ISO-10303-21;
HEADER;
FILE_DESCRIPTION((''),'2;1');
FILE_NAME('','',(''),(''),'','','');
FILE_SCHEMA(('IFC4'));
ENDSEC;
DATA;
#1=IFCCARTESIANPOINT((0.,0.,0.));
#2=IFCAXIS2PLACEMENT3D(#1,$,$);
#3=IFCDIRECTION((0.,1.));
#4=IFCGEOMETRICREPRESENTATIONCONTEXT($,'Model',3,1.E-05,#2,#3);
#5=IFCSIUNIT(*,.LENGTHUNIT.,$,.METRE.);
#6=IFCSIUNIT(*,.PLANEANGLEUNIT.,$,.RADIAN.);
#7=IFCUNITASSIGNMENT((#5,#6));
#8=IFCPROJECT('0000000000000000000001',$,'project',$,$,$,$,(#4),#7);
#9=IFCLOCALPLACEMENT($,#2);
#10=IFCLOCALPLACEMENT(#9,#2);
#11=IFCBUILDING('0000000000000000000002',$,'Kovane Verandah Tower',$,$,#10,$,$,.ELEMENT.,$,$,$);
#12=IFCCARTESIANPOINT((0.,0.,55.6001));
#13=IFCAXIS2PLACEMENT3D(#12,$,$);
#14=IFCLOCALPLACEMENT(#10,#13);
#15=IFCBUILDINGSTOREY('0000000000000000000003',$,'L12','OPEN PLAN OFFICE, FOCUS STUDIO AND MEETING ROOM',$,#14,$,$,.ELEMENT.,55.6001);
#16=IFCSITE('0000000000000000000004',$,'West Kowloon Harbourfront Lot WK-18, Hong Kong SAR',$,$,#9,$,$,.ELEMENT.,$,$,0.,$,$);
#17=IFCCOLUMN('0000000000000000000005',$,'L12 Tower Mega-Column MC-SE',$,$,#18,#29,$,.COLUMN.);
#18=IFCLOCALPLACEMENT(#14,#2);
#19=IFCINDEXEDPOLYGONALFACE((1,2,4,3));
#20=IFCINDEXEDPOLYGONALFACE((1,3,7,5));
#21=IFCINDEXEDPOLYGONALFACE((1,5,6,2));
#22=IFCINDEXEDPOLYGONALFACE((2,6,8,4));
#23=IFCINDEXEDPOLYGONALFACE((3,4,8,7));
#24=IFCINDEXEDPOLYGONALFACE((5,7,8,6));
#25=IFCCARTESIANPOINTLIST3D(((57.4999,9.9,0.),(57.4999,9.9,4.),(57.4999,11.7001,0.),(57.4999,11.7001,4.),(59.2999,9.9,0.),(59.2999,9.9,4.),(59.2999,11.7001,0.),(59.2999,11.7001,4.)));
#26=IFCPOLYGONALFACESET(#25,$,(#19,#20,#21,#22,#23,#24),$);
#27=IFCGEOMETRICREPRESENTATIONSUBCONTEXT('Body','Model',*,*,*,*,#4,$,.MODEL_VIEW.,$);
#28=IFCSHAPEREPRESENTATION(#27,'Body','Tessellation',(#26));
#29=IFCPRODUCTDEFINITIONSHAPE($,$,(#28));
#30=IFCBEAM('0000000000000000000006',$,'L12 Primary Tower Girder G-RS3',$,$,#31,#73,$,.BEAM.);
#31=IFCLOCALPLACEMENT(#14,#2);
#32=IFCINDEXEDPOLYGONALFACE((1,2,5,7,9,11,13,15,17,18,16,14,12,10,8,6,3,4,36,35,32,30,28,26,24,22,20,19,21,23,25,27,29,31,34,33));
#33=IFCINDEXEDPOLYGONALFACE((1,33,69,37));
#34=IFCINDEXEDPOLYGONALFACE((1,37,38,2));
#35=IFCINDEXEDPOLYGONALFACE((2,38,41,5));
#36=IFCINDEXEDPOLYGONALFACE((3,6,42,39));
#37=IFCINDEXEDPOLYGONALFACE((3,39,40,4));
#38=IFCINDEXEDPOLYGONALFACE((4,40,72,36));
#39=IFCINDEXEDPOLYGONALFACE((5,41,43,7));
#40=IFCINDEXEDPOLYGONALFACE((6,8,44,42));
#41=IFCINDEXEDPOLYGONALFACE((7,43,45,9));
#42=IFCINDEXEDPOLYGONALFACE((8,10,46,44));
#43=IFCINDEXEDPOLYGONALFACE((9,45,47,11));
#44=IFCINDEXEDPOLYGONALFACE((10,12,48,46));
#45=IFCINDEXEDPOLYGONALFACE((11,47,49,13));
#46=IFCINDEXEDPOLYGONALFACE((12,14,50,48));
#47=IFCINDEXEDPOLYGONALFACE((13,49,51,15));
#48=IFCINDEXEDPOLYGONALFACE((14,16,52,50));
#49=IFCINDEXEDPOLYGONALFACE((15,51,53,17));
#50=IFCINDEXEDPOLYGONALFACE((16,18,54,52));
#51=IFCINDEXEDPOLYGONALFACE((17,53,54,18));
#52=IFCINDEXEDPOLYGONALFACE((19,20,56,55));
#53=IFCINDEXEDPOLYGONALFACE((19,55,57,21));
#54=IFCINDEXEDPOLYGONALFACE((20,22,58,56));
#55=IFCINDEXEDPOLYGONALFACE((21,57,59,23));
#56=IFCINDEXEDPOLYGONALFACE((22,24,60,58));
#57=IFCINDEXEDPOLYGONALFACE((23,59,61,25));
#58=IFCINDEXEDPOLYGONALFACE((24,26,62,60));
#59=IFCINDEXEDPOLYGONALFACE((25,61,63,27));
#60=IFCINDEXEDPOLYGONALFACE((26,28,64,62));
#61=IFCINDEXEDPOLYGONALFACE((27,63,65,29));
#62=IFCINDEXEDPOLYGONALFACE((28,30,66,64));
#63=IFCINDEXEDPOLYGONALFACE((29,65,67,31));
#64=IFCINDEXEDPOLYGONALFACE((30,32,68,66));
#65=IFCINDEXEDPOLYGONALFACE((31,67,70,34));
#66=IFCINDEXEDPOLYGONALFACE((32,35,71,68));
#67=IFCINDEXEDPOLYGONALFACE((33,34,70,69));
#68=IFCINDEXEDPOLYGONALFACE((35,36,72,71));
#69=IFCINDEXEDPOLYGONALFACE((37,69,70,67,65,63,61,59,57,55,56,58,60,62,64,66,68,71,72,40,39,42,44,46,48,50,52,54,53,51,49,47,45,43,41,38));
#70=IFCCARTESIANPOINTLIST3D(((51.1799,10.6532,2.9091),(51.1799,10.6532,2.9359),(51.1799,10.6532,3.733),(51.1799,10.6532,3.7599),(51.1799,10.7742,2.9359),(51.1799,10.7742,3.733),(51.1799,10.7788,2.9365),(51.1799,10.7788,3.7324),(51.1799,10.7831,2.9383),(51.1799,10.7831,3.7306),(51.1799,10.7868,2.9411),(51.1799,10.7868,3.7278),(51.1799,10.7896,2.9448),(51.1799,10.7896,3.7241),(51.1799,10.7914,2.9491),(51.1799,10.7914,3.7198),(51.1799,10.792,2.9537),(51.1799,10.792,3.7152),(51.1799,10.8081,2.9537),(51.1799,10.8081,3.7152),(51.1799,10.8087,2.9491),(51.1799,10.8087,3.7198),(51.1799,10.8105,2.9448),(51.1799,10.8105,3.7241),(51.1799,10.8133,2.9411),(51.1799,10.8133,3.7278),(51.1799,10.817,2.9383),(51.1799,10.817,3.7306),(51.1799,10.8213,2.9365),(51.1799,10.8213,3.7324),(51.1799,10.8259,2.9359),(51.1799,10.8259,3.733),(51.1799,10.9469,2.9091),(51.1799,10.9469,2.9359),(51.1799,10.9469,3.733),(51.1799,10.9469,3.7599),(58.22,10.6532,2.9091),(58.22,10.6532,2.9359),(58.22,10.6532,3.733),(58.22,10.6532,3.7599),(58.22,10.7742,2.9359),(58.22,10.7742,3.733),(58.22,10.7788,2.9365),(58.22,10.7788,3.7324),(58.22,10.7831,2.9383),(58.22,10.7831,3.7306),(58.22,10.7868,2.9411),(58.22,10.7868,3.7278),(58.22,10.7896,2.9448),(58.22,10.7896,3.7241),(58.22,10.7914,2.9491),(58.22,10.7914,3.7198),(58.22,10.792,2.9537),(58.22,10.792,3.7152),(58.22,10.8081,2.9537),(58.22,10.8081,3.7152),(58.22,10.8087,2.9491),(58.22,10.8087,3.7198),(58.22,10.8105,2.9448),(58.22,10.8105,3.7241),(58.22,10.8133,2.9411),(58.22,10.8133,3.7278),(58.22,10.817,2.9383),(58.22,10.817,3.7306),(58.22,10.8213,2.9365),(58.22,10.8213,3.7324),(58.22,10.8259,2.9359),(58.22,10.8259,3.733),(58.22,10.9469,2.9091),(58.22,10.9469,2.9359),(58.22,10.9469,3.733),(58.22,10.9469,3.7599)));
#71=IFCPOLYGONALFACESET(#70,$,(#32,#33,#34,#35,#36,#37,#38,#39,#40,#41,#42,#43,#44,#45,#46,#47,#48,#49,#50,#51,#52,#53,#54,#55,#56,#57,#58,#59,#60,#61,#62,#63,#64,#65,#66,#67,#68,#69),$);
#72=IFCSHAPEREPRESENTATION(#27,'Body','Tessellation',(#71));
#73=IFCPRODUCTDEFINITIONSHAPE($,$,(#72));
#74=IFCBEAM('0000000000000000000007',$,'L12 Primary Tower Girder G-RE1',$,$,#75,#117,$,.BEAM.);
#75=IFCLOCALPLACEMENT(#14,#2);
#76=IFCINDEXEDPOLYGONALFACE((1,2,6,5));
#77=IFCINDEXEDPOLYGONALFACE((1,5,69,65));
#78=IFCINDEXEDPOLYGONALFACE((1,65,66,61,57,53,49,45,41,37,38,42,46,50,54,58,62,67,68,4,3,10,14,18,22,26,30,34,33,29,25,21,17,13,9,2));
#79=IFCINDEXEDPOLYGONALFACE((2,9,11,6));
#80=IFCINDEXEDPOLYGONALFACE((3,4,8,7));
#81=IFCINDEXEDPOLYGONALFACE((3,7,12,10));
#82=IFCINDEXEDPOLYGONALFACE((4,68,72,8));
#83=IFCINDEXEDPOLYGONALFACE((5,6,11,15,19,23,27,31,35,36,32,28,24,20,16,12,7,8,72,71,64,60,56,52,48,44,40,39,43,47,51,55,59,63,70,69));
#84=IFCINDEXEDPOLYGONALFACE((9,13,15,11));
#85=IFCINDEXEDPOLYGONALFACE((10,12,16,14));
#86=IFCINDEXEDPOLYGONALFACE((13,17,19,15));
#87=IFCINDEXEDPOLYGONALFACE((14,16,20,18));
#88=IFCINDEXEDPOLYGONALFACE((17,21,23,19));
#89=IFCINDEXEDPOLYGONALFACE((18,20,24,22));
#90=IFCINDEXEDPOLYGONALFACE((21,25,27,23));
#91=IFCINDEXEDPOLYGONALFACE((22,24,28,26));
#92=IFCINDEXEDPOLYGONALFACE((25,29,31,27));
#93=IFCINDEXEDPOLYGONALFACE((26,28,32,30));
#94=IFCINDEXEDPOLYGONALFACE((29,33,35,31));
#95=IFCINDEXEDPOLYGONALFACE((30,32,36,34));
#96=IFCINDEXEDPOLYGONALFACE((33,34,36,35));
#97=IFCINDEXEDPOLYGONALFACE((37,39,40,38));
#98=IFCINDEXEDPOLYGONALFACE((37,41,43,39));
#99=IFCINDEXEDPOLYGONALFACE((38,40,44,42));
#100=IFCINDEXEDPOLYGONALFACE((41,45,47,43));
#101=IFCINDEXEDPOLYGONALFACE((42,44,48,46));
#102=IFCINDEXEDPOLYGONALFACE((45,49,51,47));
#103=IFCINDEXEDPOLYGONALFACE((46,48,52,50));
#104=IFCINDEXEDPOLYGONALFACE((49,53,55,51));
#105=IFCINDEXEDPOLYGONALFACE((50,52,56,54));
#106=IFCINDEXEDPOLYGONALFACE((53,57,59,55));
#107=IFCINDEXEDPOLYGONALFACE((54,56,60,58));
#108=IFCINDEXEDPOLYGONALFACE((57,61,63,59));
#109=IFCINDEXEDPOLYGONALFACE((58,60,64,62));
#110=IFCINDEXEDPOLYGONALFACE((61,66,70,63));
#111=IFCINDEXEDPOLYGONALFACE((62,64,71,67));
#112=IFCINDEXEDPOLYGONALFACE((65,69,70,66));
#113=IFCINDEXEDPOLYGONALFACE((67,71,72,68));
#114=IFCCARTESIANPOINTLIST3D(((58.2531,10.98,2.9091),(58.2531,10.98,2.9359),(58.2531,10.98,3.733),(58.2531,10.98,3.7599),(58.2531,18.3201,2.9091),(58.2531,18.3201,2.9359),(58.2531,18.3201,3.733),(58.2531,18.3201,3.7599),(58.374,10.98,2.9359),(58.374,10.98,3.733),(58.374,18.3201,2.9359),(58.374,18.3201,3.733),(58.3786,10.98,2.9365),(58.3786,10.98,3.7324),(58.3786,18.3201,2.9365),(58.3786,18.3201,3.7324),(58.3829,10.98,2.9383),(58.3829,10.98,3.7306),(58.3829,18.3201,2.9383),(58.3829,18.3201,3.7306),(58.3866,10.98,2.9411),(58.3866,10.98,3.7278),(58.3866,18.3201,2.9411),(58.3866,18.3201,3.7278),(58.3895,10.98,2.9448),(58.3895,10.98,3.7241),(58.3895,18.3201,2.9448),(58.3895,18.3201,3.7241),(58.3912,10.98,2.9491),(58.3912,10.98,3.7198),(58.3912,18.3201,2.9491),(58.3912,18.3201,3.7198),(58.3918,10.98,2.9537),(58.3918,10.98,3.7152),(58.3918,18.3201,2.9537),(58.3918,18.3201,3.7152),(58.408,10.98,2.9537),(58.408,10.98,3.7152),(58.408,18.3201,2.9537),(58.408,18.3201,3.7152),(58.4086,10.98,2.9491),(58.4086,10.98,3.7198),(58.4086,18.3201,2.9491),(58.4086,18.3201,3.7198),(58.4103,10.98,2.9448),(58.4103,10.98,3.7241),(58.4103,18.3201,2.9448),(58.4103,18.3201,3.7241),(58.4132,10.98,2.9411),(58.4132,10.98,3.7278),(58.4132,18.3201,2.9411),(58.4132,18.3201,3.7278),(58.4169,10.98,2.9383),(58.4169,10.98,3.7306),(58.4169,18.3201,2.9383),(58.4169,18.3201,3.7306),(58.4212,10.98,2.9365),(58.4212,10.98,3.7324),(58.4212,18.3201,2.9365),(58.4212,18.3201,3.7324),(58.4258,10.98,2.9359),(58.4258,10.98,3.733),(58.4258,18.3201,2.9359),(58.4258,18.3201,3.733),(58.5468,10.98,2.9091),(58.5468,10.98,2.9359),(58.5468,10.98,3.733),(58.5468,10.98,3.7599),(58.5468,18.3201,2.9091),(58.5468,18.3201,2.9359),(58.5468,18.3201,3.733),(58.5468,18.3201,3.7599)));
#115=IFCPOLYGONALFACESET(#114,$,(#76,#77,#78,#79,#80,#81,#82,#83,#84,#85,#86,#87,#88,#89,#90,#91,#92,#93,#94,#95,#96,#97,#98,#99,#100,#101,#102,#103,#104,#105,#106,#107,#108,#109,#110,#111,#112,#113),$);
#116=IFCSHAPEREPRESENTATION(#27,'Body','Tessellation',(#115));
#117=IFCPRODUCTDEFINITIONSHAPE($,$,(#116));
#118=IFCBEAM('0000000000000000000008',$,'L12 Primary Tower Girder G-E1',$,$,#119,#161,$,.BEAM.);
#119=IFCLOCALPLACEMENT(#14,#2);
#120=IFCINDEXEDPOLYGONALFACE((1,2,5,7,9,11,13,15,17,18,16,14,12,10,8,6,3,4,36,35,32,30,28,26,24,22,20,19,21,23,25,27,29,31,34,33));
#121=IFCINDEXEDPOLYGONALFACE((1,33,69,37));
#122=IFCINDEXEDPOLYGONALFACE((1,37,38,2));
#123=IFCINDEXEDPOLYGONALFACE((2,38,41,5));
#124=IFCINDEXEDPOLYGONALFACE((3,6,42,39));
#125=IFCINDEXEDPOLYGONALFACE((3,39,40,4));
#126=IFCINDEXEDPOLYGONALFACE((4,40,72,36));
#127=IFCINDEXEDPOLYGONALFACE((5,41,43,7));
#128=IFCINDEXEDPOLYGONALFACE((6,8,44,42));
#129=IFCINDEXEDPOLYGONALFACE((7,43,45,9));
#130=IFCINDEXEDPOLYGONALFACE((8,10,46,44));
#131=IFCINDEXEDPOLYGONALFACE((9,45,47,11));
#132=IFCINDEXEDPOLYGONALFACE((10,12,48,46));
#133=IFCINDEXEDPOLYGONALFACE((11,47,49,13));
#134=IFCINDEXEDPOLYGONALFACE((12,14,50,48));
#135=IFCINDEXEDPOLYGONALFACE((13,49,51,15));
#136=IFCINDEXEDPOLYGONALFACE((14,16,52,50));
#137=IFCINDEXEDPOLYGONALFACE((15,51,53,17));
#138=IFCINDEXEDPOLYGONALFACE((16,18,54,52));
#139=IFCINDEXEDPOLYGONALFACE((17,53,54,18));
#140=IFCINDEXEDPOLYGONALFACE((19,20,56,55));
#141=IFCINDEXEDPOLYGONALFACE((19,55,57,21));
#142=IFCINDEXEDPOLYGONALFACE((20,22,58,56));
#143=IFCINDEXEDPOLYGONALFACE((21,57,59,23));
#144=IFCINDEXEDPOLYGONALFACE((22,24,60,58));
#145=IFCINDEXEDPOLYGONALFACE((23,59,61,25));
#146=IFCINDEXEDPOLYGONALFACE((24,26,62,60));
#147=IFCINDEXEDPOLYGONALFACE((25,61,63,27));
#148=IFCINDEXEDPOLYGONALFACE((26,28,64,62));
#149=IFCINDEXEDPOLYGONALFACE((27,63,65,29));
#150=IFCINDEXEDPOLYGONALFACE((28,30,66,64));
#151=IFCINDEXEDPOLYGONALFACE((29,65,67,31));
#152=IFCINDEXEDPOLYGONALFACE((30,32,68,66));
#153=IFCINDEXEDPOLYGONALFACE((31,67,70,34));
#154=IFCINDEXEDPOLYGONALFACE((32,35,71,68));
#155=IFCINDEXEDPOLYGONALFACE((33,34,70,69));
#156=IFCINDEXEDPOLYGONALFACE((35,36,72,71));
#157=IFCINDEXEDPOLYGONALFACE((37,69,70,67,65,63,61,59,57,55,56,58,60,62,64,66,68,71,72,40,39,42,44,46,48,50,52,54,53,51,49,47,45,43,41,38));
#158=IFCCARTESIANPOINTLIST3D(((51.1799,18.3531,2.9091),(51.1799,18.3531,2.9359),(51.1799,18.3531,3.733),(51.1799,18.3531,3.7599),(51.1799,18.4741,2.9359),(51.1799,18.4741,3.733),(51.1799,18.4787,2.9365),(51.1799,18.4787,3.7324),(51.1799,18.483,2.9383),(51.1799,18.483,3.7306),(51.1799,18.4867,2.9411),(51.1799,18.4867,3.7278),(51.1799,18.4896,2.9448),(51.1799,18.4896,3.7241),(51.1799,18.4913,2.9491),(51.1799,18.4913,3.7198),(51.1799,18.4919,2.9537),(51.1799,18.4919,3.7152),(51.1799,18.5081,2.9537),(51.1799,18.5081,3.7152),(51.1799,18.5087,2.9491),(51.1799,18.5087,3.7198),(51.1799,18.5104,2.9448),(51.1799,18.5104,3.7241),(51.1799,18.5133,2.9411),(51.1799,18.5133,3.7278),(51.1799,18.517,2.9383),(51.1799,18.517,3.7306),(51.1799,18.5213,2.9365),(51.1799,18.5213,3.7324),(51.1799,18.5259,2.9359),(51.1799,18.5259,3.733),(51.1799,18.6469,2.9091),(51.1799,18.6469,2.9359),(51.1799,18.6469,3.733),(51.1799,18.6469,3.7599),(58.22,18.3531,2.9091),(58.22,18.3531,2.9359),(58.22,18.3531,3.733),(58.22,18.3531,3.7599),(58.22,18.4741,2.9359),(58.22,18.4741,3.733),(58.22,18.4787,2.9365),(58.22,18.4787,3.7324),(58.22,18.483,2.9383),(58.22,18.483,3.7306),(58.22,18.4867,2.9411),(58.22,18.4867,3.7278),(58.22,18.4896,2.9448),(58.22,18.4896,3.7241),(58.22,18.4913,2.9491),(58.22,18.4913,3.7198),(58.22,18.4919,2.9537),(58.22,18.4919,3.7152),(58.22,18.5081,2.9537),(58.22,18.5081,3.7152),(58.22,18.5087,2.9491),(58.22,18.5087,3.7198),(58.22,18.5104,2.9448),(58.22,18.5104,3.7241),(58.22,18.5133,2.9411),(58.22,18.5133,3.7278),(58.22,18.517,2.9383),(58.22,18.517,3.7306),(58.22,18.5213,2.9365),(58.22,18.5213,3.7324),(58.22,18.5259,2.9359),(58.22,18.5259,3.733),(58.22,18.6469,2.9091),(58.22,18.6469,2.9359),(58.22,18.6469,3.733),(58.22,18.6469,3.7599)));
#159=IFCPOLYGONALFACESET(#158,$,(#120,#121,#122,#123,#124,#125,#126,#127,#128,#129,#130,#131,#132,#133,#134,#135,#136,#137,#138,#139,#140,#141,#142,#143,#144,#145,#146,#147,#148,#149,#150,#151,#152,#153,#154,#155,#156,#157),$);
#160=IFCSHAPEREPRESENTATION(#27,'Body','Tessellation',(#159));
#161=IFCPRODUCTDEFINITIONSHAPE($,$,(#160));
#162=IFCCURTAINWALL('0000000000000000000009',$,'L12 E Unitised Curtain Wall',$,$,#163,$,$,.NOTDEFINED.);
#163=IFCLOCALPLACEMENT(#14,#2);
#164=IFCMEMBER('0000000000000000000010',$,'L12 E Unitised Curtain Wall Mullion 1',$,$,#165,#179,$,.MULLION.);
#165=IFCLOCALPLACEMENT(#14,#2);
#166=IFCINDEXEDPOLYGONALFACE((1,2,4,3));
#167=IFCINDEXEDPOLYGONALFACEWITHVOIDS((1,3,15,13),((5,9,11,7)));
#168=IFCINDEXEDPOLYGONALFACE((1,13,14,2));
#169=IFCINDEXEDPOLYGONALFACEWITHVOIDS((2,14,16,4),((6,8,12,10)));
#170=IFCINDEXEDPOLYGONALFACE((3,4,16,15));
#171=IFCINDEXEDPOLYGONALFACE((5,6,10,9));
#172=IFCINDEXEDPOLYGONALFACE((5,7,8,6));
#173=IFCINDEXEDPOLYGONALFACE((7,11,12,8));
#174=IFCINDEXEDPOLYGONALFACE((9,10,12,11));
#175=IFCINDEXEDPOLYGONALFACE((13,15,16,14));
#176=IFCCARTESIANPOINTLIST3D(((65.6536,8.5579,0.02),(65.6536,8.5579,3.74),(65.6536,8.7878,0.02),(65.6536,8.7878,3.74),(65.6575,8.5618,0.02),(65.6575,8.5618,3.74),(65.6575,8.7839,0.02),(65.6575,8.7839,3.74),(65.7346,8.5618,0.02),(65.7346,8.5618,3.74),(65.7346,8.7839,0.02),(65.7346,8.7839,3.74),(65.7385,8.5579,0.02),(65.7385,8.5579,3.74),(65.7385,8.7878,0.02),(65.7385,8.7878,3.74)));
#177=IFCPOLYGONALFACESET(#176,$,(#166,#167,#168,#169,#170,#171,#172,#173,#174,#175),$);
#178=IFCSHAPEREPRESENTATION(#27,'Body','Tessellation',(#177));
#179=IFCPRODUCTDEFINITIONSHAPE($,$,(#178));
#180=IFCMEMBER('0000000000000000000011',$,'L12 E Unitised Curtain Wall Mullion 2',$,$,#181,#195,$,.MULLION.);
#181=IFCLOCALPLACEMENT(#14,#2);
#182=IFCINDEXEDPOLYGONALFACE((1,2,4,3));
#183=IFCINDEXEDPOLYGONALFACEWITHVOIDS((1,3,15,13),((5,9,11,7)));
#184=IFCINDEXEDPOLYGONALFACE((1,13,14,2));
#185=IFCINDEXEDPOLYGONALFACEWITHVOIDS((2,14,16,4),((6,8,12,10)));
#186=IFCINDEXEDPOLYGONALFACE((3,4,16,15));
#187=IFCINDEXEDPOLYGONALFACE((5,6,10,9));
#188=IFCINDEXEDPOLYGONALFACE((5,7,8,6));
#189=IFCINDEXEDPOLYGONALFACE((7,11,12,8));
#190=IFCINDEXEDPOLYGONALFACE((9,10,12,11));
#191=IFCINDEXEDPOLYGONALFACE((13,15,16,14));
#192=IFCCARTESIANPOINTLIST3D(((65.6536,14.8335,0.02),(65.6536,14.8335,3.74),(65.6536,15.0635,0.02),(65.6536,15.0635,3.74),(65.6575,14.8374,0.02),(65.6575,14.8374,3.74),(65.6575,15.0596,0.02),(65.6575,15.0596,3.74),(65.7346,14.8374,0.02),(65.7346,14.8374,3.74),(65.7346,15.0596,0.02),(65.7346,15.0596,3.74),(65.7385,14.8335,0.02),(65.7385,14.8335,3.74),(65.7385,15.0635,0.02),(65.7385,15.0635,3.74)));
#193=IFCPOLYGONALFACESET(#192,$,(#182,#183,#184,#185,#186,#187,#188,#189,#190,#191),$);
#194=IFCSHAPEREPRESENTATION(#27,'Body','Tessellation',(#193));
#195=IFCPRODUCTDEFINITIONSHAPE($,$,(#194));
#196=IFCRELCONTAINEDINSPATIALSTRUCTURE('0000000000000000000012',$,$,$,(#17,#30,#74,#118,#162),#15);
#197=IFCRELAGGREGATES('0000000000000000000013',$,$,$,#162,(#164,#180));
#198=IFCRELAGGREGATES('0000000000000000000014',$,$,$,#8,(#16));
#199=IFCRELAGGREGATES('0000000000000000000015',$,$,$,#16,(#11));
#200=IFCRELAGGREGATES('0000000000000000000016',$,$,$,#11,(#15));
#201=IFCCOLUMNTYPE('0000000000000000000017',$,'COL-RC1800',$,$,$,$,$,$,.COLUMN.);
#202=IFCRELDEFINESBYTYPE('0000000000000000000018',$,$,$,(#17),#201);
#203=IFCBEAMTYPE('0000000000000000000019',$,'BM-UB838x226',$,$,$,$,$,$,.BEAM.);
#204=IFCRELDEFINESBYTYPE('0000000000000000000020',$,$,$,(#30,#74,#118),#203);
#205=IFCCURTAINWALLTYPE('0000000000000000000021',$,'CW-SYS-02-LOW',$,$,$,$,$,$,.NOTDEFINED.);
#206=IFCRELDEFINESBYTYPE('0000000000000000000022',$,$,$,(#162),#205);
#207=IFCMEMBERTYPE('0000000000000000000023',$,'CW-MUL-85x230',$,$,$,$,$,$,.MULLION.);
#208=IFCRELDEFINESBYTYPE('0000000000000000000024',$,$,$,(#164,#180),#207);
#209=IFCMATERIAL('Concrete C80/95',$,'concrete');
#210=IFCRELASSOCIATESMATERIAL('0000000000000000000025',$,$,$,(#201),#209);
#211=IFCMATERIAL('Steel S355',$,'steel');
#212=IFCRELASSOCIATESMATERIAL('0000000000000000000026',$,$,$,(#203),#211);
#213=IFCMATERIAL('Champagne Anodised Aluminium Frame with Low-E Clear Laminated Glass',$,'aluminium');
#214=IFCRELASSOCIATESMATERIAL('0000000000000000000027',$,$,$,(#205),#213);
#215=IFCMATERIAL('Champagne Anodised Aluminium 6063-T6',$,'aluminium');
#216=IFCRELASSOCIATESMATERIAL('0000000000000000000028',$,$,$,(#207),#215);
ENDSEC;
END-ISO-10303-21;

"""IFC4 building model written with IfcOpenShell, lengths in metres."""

from ifc_helpers import new_model, si_unit, direction, frame, origin, origin_2d, place, context, subcontext, project, spatial, rectangle, hollow_rectangle, i_section, extrude, material, material_profile, profile_set, type_object, element, aggregate, save


model = new_model("IFC4")

# Units and contexts
model_context = context("Model", 3, precision=1e-05, world=origin(), true_north=direction((0.0, 1.0)))
body_context = subcontext(model_context, "Body", "Model", "MODEL_VIEW")
ifc_project = project(units=[si_unit("LENGTHUNIT", "METRE"), si_unit("PLANEANGLEUNIT", "RADIAN")], contexts=[model_context])

# Site, building, storey
site_placement = place(None, origin())
site = spatial("IfcSite", under=ifc_project, at=site_placement, Name="West Kowloon Harbourfront Lot WK-18, Hong Kong SAR", CompositionType="ELEMENT", RefElevation=0.0)
building_placement = place(site_placement, origin())
building = spatial("IfcBuilding", under=site, at=building_placement, Name="Kovane Verandah Tower", CompositionType="ELEMENT")
storey_placement = place(building_placement, frame((0.0, 0.0, 55.6001)))
storey = spatial("IfcBuildingStorey", under=building, at=storey_placement, Name="L12", Description="OPEN PLAN OFFICE, FOCUS STUDIO AND MEETING ROOM", CompositionType="ELEMENT", Elevation=55.6001)

# Column
ifc_material_1 = material(Name="Concrete C80/95", Category="concrete")
ifc_material_profile_1 = material_profile(ifc_material_1, rectangle(XDim=1.8, YDim=1.8, at=origin_2d()), Name="RC1800x1800")
ifc_profile_set_1 = profile_set([ifc_material_profile_1], Name="Concrete C80/95")
column_type = type_object("IfcColumnType", Name="COL-RC1800", PredefinedType="COLUMN", material=ifc_profile_set_1)
column_placement = place(storey_placement, frame((58.3999, 10.8, 0.0), z_axis=(0.0, 0.0, 1.0), x_axis=(1.0, 0.0, 0.0)))
element("IfcColumn", 1, at=column_placement, inside=storey, type_object=column_type, Name="L12 Tower Mega-Column MC-SE", PredefinedType="COLUMN", context=body_context, shape_type="SweptSolid", body=[
    extrude(rectangle(XDim=1.8, YDim=1.8, at=origin_2d()), origin(), (0.0, 0.0, 1.0), 4.0),
])

# Beams
ifc_material_2 = material(Name="Steel S355", Category="steel")
ifc_material_profile_2 = material_profile(ifc_material_2, i_section(OverallWidth=0.2937, OverallDepth=0.8508, WebThickness=0.0161, FlangeThickness=0.0269, FilletRadius=0.0178, at=origin_2d()), Name="UB838x292x226")
ifc_profile_set_2 = profile_set([ifc_material_profile_2], Name="Steel S355")
beam_type_1 = type_object("IfcBeamType", Name="BM-UB838x226", PredefinedType="BEAM", material=ifc_profile_set_2)
beam_1_placement = place(storey_placement, frame((51.1799, 10.8, 3.3345), z_axis=(1.0, 0.0, 0.0), x_axis=(0.0, 1.0, 0.0)))
element("IfcBeam", 2, at=beam_1_placement, inside=storey, type_object=beam_type_1, Name="L12 Primary Tower Girder G-RS3", PredefinedType="BEAM", context=body_context, shape_type="SweptSolid", body=[
    extrude(i_section(OverallWidth=0.2937, OverallDepth=0.8508, WebThickness=0.0161, FlangeThickness=0.0269, FilletRadius=0.0178, at=origin_2d()), origin(), (0.0, 0.0, 1.0), 7.04),
])
beam_2_placement = place(storey_placement, frame((58.3999, 10.98, 3.3345), z_axis=(0.0, 1.0, 0.0), x_axis=(-1.0, 0.0, 0.0)))
element("IfcBeam", 3, at=beam_2_placement, inside=storey, type_object=beam_type_1, Name="L12 Primary Tower Girder G-RE1", PredefinedType="BEAM", context=body_context, shape_type="SweptSolid", body=[
    extrude(i_section(OverallWidth=0.2937, OverallDepth=0.8508, WebThickness=0.0161, FlangeThickness=0.0269, FilletRadius=0.0178, at=origin_2d()), origin(), (0.0, 0.0, 1.0), 7.3401),
])
beam_3_placement = place(storey_placement, frame((51.1799, 18.5, 3.3345), z_axis=(1.0, 0.0, 0.0), x_axis=(0.0, 1.0, 0.0)))
element("IfcBeam", 4, at=beam_3_placement, inside=storey, type_object=beam_type_1, Name="L12 Primary Tower Girder G-E1", PredefinedType="BEAM", context=body_context, shape_type="SweptSolid", body=[
    extrude(i_section(OverallWidth=0.2937, OverallDepth=0.8508, WebThickness=0.0161, FlangeThickness=0.0269, FilletRadius=0.0178, at=origin_2d()), origin(), (0.0, 0.0, 1.0), 7.04),
])

# Curtain wall, members
ifc_material_3 = material(Name="Champagne Anodised Aluminium Frame with Low-E Clear Laminated Glass", Category="aluminium")
curtain_wall_type = type_object("IfcCurtainWallType", Name="CW-SYS-02-LOW", PredefinedType="NOTDEFINED", material=ifc_material_3)
curtain_wall_placement = place(storey_placement, origin())
curtain_wall = element("IfcCurtainWall", 5, at=curtain_wall_placement, inside=storey, type_object=curtain_wall_type, Name="L12 E Unitised Curtain Wall", PredefinedType="NOTDEFINED")
ifc_material_4 = material(Name="Champagne Anodised Aluminium 6063-T6", Category="aluminium")
ifc_material_profile_3 = material_profile(ifc_material_4, hollow_rectangle(XDim=0.085, YDim=0.23, WallThickness=0.0039, at=origin_2d()), Name="AL85x230x4")
ifc_profile_set_3 = profile_set([ifc_material_profile_3], Name="Champagne Anodised Aluminium 6063-T6")
member_type_1 = type_object("IfcMemberType", Name="CW-MUL-85x230", PredefinedType="MULLION", material=ifc_profile_set_3)
member_1_placement = place(storey_placement, frame((65.696, 8.6729, 0.02), z_axis=(0.0, 0.0, 1.0), x_axis=(1.0, 0.0, 0.0)))
member_1 = element("IfcMember", 6, at=member_1_placement, type_object=member_type_1, Name="L12 E Unitised Curtain Wall Mullion 1", PredefinedType="MULLION", context=body_context, shape_type="SweptSolid", body=[
    extrude(hollow_rectangle(XDim=0.085, YDim=0.23, WallThickness=0.0039, at=origin_2d()), origin(), (0.0, 0.0, 1.0), 3.72),
])
member_2_placement = place(storey_placement, frame((65.696, 14.9485, 0.02), z_axis=(0.0, 0.0, 1.0), x_axis=(1.0, 0.0, 0.0)))
member_2 = element("IfcMember", 7, at=member_2_placement, type_object=member_type_1, Name="L12 E Unitised Curtain Wall Mullion 2", PredefinedType="MULLION", context=body_context, shape_type="SweptSolid", body=[
    extrude(hollow_rectangle(XDim=0.085, YDim=0.23, WallThickness=0.0039, at=origin_2d()), origin(), (0.0, 0.0, 1.0), 3.72),
])

aggregate(curtain_wall, [member_1, member_2])

save(model, "model.ifc")
